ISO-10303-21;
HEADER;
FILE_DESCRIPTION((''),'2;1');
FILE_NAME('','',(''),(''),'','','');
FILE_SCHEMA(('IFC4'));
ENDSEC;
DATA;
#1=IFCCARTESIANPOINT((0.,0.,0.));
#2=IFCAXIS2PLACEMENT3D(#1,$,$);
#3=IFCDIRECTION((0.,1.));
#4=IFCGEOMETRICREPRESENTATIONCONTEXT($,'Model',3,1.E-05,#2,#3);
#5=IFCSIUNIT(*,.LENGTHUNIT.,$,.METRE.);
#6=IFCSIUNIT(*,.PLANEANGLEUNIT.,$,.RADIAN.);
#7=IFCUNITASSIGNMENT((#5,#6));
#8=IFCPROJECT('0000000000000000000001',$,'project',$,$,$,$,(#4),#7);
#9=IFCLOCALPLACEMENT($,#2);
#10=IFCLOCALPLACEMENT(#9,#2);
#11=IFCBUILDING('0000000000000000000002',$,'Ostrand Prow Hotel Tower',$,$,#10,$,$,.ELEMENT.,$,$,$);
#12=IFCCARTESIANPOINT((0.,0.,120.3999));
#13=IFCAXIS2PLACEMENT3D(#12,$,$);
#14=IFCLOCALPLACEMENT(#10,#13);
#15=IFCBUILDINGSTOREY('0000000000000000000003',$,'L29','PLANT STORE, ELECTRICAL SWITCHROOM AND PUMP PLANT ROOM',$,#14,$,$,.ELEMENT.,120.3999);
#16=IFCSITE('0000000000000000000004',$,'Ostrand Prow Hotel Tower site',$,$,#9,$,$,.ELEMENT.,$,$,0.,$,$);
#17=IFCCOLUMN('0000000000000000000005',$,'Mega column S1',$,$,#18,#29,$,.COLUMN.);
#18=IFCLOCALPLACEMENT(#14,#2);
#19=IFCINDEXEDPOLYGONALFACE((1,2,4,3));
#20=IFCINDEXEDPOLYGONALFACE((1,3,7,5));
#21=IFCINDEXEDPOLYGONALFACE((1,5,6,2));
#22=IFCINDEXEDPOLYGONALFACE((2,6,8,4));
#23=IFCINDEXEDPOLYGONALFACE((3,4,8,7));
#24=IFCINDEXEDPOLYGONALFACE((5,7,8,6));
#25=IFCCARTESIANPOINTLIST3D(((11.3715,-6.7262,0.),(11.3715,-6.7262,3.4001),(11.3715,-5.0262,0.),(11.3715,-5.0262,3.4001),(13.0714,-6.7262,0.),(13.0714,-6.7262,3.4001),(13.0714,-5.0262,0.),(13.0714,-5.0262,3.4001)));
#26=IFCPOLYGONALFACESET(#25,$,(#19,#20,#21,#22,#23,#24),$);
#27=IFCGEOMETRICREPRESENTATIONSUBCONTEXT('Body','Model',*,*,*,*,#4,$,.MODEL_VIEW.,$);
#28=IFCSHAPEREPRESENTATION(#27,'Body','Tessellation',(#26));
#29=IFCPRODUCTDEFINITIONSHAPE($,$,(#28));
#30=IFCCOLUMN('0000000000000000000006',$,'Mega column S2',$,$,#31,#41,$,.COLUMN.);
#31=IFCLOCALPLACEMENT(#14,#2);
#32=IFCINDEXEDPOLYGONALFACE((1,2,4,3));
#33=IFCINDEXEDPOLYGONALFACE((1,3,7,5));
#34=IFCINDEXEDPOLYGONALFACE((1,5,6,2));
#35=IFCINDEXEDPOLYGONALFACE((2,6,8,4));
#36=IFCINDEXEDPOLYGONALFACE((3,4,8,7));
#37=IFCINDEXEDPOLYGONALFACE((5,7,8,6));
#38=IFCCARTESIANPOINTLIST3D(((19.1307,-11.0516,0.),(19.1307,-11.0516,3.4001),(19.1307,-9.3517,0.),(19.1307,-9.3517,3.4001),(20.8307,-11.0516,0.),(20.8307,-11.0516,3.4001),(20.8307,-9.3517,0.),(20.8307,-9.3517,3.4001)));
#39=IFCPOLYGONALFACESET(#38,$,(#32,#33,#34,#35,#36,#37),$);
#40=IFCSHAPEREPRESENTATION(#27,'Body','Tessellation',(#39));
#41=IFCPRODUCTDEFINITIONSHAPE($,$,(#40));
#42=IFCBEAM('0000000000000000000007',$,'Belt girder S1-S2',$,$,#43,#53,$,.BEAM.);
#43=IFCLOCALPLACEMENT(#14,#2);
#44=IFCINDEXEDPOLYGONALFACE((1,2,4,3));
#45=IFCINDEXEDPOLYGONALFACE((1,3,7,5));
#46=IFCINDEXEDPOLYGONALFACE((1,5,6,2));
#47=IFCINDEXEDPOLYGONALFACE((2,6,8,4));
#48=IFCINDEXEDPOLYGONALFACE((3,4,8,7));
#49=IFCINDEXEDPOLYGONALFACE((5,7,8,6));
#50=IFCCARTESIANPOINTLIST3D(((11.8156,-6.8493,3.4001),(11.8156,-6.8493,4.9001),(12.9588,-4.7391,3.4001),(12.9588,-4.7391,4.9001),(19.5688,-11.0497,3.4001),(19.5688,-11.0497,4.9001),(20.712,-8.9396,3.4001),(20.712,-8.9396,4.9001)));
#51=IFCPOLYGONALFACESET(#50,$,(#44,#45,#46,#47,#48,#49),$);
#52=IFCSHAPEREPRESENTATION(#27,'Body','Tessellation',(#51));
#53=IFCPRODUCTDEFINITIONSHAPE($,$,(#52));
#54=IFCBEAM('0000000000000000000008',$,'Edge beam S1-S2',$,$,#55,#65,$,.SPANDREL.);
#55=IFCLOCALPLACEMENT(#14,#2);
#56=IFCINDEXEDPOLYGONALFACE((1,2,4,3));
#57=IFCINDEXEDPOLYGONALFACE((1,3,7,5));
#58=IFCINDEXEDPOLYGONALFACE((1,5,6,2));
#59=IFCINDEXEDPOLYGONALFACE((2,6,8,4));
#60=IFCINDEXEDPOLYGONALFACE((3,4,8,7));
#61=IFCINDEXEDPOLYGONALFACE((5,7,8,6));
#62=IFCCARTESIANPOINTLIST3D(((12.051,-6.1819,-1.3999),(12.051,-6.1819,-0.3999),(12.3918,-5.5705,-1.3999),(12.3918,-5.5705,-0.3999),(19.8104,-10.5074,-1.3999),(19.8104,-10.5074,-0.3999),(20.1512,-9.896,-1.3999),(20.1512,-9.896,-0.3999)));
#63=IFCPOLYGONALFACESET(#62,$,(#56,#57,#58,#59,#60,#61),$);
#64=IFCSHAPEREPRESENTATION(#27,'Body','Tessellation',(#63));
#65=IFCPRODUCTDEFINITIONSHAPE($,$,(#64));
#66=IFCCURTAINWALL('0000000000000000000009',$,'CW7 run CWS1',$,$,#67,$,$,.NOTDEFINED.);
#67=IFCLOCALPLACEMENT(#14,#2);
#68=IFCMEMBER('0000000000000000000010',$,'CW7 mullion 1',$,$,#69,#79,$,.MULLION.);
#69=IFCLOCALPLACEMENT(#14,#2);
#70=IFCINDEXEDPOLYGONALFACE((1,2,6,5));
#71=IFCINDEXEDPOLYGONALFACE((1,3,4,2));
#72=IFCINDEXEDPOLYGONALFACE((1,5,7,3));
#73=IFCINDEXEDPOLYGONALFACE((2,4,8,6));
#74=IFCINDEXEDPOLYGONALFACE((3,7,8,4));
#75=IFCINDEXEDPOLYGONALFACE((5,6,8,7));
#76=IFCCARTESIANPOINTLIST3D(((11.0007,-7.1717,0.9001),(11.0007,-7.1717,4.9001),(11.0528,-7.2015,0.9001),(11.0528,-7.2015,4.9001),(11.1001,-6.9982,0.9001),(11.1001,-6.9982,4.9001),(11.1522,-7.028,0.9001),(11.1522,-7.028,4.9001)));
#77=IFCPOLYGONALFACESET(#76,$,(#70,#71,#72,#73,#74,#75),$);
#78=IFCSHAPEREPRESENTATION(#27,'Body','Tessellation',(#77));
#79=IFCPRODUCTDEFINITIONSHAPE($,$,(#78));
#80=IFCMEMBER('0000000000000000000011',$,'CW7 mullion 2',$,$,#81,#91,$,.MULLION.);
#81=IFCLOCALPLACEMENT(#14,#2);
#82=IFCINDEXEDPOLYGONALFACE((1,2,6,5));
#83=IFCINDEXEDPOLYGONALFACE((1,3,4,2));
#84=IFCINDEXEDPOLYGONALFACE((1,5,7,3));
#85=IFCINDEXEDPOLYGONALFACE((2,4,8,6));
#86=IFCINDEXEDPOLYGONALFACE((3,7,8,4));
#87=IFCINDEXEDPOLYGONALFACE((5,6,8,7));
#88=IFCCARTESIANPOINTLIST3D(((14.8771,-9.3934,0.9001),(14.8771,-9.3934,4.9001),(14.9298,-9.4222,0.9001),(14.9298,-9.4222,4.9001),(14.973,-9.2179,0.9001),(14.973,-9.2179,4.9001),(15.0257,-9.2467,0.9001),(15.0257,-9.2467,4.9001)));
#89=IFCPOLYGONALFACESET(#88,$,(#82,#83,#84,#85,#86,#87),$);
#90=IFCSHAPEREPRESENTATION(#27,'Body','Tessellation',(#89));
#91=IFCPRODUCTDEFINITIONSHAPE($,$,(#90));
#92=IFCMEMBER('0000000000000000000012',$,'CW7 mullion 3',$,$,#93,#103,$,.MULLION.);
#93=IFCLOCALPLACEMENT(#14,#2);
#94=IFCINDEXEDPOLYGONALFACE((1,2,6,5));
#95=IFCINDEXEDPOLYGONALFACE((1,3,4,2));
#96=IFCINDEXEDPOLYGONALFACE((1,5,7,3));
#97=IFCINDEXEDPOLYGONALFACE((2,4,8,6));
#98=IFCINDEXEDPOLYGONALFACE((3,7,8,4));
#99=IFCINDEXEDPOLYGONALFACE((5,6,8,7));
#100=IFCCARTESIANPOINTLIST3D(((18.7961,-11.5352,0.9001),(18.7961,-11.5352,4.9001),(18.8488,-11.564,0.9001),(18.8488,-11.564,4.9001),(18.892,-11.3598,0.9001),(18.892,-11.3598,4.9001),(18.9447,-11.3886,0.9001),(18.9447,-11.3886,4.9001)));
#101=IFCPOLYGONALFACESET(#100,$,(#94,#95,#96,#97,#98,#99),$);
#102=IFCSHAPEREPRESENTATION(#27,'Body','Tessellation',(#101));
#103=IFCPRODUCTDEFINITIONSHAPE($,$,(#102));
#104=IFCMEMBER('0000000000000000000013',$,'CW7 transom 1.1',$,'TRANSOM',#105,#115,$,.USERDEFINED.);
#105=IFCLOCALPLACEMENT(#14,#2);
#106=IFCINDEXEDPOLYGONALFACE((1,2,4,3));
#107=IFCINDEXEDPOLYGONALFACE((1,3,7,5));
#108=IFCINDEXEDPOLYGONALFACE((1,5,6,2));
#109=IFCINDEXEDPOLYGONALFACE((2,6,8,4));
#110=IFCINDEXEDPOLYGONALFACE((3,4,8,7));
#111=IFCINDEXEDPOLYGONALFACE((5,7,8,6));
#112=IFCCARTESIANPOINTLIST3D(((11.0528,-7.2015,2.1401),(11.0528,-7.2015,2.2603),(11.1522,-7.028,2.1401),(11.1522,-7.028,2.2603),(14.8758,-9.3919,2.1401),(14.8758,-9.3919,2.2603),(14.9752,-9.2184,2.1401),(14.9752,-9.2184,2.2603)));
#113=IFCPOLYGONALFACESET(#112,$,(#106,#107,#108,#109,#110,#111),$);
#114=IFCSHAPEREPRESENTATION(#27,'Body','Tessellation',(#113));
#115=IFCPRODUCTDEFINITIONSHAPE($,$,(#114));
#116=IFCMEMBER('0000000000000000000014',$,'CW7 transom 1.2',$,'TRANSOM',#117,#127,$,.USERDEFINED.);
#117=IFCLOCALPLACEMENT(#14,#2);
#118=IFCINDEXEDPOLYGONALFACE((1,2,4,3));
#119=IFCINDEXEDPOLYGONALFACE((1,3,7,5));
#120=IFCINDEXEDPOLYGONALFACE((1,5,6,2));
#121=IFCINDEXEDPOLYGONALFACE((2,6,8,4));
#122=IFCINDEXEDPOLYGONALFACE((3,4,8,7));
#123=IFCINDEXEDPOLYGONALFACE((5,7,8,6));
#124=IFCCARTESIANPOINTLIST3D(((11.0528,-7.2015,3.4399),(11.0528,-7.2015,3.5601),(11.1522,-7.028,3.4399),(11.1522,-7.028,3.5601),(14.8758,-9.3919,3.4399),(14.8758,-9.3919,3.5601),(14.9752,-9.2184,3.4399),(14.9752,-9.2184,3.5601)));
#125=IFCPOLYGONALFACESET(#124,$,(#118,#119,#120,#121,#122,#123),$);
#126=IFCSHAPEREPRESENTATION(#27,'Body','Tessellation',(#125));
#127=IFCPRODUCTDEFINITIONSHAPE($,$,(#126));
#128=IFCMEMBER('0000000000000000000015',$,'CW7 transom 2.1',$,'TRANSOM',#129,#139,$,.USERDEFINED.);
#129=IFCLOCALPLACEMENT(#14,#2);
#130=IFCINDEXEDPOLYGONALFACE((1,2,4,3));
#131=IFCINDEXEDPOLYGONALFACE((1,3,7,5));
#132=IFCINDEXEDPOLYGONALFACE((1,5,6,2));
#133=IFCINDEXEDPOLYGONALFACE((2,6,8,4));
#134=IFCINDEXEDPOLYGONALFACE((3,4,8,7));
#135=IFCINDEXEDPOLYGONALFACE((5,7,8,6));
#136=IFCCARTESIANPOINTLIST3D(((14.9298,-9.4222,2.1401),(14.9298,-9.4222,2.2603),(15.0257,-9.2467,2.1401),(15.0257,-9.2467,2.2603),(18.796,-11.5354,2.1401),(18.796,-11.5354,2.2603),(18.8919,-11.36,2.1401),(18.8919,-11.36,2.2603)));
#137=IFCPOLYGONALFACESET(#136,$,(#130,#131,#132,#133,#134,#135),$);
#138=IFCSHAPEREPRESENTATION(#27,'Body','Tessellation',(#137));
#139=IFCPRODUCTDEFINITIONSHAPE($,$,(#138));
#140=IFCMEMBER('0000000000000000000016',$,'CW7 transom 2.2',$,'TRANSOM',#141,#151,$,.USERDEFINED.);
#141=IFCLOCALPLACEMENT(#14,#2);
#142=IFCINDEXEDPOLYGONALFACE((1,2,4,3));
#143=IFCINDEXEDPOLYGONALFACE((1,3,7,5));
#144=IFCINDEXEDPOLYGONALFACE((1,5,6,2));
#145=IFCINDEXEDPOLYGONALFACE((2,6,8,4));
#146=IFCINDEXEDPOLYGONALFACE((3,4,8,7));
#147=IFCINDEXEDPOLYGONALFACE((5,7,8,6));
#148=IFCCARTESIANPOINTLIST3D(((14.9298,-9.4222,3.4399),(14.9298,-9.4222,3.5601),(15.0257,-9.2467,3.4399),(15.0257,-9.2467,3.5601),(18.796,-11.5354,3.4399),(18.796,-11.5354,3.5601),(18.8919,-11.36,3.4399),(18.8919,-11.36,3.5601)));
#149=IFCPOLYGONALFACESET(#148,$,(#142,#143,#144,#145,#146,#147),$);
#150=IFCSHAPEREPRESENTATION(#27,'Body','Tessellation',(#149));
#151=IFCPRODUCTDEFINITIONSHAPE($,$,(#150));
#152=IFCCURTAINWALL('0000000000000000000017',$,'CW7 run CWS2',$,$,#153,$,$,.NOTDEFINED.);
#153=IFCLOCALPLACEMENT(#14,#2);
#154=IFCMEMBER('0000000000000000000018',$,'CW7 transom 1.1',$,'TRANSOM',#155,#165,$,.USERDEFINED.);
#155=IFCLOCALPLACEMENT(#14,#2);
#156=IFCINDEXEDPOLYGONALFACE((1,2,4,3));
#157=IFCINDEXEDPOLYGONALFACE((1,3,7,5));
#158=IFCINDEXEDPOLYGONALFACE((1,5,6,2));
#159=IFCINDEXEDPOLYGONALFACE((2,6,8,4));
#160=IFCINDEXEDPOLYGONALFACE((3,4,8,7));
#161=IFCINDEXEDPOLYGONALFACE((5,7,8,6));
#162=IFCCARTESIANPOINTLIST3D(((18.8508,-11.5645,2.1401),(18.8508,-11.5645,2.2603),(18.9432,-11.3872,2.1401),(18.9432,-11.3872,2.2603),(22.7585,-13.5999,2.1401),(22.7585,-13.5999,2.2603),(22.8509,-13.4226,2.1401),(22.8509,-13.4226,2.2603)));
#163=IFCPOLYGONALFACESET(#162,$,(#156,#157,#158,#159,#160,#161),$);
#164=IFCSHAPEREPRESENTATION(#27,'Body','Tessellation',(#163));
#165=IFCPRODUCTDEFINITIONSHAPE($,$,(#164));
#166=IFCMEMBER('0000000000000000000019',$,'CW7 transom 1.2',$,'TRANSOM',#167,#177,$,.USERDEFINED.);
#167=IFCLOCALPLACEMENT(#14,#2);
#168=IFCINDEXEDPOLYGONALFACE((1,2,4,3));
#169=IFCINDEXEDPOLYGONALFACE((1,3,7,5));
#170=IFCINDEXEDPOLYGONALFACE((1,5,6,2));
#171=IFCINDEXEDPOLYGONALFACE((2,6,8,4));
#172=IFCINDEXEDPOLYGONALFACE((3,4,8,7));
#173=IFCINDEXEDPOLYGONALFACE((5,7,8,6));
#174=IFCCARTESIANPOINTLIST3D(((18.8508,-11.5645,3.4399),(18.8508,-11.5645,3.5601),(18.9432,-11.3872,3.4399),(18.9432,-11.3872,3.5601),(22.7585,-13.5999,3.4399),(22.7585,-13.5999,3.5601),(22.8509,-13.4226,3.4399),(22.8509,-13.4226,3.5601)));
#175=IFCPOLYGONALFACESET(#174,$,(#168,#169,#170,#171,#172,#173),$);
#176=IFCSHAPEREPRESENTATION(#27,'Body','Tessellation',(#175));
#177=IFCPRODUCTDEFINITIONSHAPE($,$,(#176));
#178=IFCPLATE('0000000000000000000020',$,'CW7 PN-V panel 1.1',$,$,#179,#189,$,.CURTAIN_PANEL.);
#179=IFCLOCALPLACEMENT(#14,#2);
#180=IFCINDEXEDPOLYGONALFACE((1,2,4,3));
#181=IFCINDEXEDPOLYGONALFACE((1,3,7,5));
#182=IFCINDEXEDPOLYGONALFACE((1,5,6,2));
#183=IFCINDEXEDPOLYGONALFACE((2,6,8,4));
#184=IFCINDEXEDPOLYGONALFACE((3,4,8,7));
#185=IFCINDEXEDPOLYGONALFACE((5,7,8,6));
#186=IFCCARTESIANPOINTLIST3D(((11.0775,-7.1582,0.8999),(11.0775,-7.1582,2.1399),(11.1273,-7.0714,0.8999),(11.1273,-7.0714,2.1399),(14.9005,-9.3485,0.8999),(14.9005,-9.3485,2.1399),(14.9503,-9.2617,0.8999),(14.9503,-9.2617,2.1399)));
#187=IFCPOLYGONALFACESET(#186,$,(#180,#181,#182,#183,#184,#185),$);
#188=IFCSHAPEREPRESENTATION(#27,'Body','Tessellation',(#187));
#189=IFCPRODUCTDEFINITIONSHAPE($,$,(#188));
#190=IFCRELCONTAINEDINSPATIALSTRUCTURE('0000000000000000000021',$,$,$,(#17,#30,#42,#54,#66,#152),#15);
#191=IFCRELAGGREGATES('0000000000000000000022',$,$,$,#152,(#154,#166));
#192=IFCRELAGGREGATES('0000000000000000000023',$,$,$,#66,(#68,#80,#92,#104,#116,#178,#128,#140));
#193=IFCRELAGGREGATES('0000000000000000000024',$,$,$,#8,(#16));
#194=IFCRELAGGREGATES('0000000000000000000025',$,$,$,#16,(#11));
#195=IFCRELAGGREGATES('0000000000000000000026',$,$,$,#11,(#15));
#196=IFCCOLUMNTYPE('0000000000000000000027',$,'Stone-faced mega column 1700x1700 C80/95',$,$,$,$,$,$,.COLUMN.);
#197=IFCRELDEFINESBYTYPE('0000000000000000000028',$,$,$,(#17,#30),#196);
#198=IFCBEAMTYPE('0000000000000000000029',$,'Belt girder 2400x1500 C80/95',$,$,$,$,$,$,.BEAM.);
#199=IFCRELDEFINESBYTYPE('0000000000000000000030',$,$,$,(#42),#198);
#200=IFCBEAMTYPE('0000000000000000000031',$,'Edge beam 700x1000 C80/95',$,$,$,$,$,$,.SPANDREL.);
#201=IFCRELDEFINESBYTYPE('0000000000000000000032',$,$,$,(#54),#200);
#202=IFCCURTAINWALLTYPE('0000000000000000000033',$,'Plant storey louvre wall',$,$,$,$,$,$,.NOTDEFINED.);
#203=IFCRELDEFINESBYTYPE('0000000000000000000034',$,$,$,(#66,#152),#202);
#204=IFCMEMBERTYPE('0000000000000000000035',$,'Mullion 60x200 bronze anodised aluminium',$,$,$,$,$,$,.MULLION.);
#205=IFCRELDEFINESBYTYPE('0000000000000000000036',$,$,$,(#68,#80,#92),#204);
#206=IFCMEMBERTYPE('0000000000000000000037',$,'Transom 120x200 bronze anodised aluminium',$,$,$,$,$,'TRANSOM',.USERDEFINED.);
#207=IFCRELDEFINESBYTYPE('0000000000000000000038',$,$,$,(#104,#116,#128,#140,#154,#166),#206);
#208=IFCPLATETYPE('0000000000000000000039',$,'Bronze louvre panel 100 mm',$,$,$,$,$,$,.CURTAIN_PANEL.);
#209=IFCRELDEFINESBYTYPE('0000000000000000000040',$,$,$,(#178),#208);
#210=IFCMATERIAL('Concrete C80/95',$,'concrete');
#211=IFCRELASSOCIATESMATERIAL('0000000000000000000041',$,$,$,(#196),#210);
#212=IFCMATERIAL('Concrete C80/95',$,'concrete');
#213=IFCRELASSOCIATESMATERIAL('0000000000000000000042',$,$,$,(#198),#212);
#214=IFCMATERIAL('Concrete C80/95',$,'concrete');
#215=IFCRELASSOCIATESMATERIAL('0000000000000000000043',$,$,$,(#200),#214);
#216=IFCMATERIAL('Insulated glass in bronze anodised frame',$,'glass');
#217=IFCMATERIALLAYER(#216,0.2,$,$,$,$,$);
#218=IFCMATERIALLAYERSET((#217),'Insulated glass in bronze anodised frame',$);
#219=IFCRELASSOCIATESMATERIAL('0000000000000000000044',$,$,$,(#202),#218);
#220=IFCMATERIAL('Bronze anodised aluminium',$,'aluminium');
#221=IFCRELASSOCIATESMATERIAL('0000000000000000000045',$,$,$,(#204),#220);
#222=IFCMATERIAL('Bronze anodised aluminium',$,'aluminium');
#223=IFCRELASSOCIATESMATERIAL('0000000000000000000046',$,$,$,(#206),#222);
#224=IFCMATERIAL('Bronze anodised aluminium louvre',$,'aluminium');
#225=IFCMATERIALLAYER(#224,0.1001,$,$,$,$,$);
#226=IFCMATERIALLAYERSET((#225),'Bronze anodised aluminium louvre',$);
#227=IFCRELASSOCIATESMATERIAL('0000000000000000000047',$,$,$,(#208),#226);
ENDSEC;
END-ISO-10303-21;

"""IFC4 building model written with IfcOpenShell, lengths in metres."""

from ifc_helpers import new_model, si_unit, direction, frame, origin, origin_2d, place, context, subcontext, project, spatial, rectangle, extrude, material, layer, layer_set, material_profile, profile_set, type_object, element, aggregate, save


model = new_model("IFC4")

# Units and contexts
model_context = context("Model", 3, precision=1e-05, world=origin(), true_north=direction((0.0, 1.0)))
body_context = subcontext(model_context, "Body", "Model", "MODEL_VIEW")
ifc_project = project(units=[si_unit("LENGTHUNIT", "METRE"), si_unit("PLANEANGLEUNIT", "RADIAN")], contexts=[model_context])

# Site, building, storey
site_placement = place(None, origin())
site = spatial("IfcSite", under=ifc_project, at=site_placement, Name="Ostrand Prow Hotel Tower site", CompositionType="ELEMENT", RefElevation=0.0)
building_placement = place(site_placement, origin())
building = spatial("IfcBuilding", under=site, at=building_placement, Name="Ostrand Prow Hotel Tower", CompositionType="ELEMENT")
storey_placement = place(building_placement, frame((0.0, 0.0, 120.3999)))
storey = spatial("IfcBuildingStorey", under=building, at=storey_placement, Name="L29", Description="PLANT STORE, ELECTRICAL SWITCHROOM AND PUMP PLANT ROOM", CompositionType="ELEMENT", Elevation=120.3999)

# Columns
ifc_material_1 = material(Name="Concrete C80/95", Category="concrete")
ifc_material_profile_1 = material_profile(ifc_material_1, rectangle(XDim=1.7, YDim=1.7, at=origin_2d()), Name="RC 1700x1700")
ifc_profile_set_1 = profile_set([ifc_material_profile_1], Name="Concrete C80/95")
column_type = type_object("IfcColumnType", Name="Stone-faced mega column 1700x1700 C80/95", PredefinedType="COLUMN", material=ifc_profile_set_1)
for number, where, z_axis, x_axis, name in (
    (1, (12.2214, -5.8762, 0.0), (0.0, 0.0, 1.0), (1.0, 0.0, 0.0), "Mega column S1"),
    (2, (19.9807, -10.2017, 0.0), (0.0, 0.0, 1.0), (1.0, 0.0, 0.0), "Mega column S2"),
):
    element("IfcColumn", number, at=place(storey_placement, frame(where, z_axis=z_axis, x_axis=x_axis)), inside=storey, type_object=column_type, Name=name, PredefinedType="COLUMN", context=body_context, shape_type="SweptSolid", body=[
        extrude(rectangle(XDim=1.7, YDim=1.7, at=origin_2d()), origin(), (0.0, 0.0, 1.0), 3.4001),
    ])

# Beams
ifc_material_2 = material(Name="Concrete C80/95", Category="concrete")
ifc_material_profile_2 = material_profile(ifc_material_2, rectangle(XDim=2.3999, YDim=1.5, at=origin_2d()), Name="RC 2400x1500")
ifc_profile_set_2 = profile_set([ifc_material_profile_2], Name="Concrete C80/95")
beam_type_1 = type_object("IfcBeamType", Name="Belt girder 2400x1500 C80/95", PredefinedType="BEAM", material=ifc_profile_set_2)
beam_1_placement = place(storey_placement, frame((12.3872, -5.7942, 4.1501), z_axis=(0.879254, -0.476354, 0.0), x_axis=(0.476354, 0.879254, 0.0)))
element("IfcBeam", 3, at=beam_1_placement, inside=storey, type_object=beam_type_1, Name="Belt girder S1-S2", PredefinedType="BEAM", context=body_context, shape_type="SweptSolid", body=[
    extrude(rectangle(XDim=2.3999, YDim=1.5, at=origin_2d()), origin(), (0.0, 0.0, 1.0), 8.8179),
])
ifc_material_3 = material(Name="Concrete C80/95", Category="concrete")
ifc_material_profile_3 = material_profile(ifc_material_3, rectangle(XDim=0.7, YDim=1.0, at=origin_2d()), Name="RC 700x1000")
ifc_profile_set_3 = profile_set([ifc_material_profile_3], Name="Concrete C80/95")
beam_type_2 = type_object("IfcBeamType", Name="Edge beam 700x1000 C80/95", PredefinedType="SPANDREL", material=ifc_profile_set_3)
beam_2_placement = place(storey_placement, frame((12.2214, -5.8762, -0.8999), z_axis=(0.873452, -0.486909, 0.0), x_axis=(0.486909, 0.873452, 0.0)))
element("IfcBeam", 4, at=beam_2_placement, inside=storey, type_object=beam_type_2, Name="Edge beam S1-S2", PredefinedType="SPANDREL", context=body_context, shape_type="SweptSolid", body=[
    extrude(rectangle(XDim=0.7, YDim=1.0, at=origin_2d()), origin(), (0.0, 0.0, 1.0), 8.8835),
])

# Curtain walls, members
ifc_material_4 = material(Name="Insulated glass in bronze anodised frame", Category="glass")
ifc_layer_1 = layer(ifc_material_4, 0.2)
ifc_layer_set_1 = layer_set([ifc_layer_1], Name="Insulated glass in bronze anodised frame")
curtain_wall_type = type_object("IfcCurtainWallType", Name="Plant storey louvre wall", PredefinedType="NOTDEFINED", material=ifc_layer_set_1)
curtain_wall_1_placement = place(storey_placement, origin())
curtain_wall_1 = element("IfcCurtainWall", 5, at=curtain_wall_1_placement, inside=storey, type_object=curtain_wall_type, Name="CW7 run CWS1", PredefinedType="NOTDEFINED")
ifc_material_5 = material(Name="Bronze anodised aluminium", Category="aluminium")
ifc_material_profile_4 = material_profile(ifc_material_5, rectangle(XDim=0.2, YDim=0.0601, at=origin_2d()), Name="Mullion 60x200 bronze anodised aluminium")
ifc_profile_set_4 = profile_set([ifc_material_profile_4], Name="Bronze anodised aluminium")
member_type_1 = type_object("IfcMemberType", Name="Mullion 60x200 bronze anodised aluminium", PredefinedType="MULLION", material=ifc_profile_set_4)
member_1_placement = place(storey_placement, frame((11.0764, -7.0999, 0.9001), z_axis=(0.0, 0.0, 1.0), x_axis=(0.497115, 0.867685, 0.0)))
member_1 = element("IfcMember", 6, at=member_1_placement, type_object=member_type_1, Name="CW7 mullion 1", PredefinedType="MULLION", context=body_context, shape_type="SweptSolid", body=[
    extrude(rectangle(XDim=0.2, YDim=0.0601, at=origin_2d()), origin(), (0.0, 0.0, 1.0), 4.0),
])
member_2_placement = place(storey_placement, frame((14.9514, -9.3201, 0.9001), z_axis=(0.0, 0.0, 1.0), x_axis=(0.479637, 0.877467, 0.0)))
member_2 = element("IfcMember", 7, at=member_2_placement, type_object=member_type_1, Name="CW7 mullion 2", PredefinedType="MULLION", context=body_context, shape_type="SweptSolid", body=[
    extrude(rectangle(XDim=0.2, YDim=0.0601, at=origin_2d()), origin(), (0.0, 0.0, 1.0), 4.0),
])
member_3_placement = place(storey_placement, frame((18.8704, -11.4619, 0.9001), z_axis=(0.0, 0.0, 1.0), x_axis=(0.479637, 0.877467, 0.0)))
member_3 = element("IfcMember", 8, at=member_3_placement, type_object=member_type_1, Name="CW7 mullion 3", PredefinedType="MULLION", context=body_context, shape_type="SweptSolid", body=[
    extrude(rectangle(XDim=0.2, YDim=0.0601, at=origin_2d()), origin(), (0.0, 0.0, 1.0), 4.0),
])
ifc_material_6 = material(Name="Bronze anodised aluminium", Category="aluminium")
ifc_material_profile_5 = material_profile(ifc_material_6, rectangle(XDim=0.2, YDim=0.1201, at=origin_2d()), Name="Transom 120x200 bronze anodised aluminium")
ifc_profile_set_5 = profile_set([ifc_material_profile_5], Name="Bronze anodised aluminium")
member_type_2 = type_object("IfcMemberType", Name="Transom 120x200 bronze anodised aluminium", ElementType="TRANSOM", PredefinedType="USERDEFINED", material=ifc_profile_set_5)
member_4_placement = place(storey_placement, frame((11.1025, -7.1147, 2.2002), z_axis=(0.86767, -0.497141, 0.0), x_axis=(0.497141, 0.86767, 0.0)))
member_4 = element("IfcMember", 9, at=member_4_placement, type_object=member_type_2, Name="CW7 transom 1.1", ObjectType="TRANSOM", PredefinedType="USERDEFINED", context=body_context, shape_type="SweptSolid", body=[
    extrude(rectangle(XDim=0.2, YDim=0.1201, at=origin_2d()), origin(), (0.0, 0.0, 1.0), 4.406),
])
member_5_placement = place(storey_placement, frame((11.1025, -7.1147, 3.5), z_axis=(0.86767, -0.497141, 0.0), x_axis=(0.497141, 0.86767, 0.0)))
member_5 = element("IfcMember", 10, at=member_5_placement, type_object=member_type_2, Name="CW7 transom 1.2", ObjectType="TRANSOM", PredefinedType="USERDEFINED", context=body_context, shape_type="SweptSolid", body=[
    extrude(rectangle(XDim=0.2, YDim=0.1201, at=origin_2d()), origin(), (0.0, 0.0, 1.0), 4.406),
])
member_6_placement = place(storey_placement, frame((14.9778, -9.3345, 2.2002), z_axis=(0.877472, -0.479628, 0.0), x_axis=(0.479628, 0.877472, 0.0)))
member_6 = element("IfcMember", 11, at=member_6_placement, type_object=member_type_2, Name="CW7 transom 2.1", ObjectType="TRANSOM", PredefinedType="USERDEFINED", context=body_context, shape_type="SweptSolid", body=[
    extrude(rectangle(XDim=0.2, YDim=0.1201, at=origin_2d()), origin(), (0.0, 0.0, 1.0), 4.406),
])
member_7_placement = place(storey_placement, frame((14.9778, -9.3345, 3.5), z_axis=(0.877472, -0.479628, 0.0), x_axis=(0.479628, 0.877472, 0.0)))
member_7 = element("IfcMember", 12, at=member_7_placement, type_object=member_type_2, Name="CW7 transom 2.2", ObjectType="TRANSOM", PredefinedType="USERDEFINED", context=body_context, shape_type="SweptSolid", body=[
    extrude(rectangle(XDim=0.2, YDim=0.1201, at=origin_2d()), origin(), (0.0, 0.0, 1.0), 4.406),
])
curtain_wall_2_placement = place(storey_placement, origin())
curtain_wall_2 = element("IfcCurtainWall", 13, at=curtain_wall_2_placement, inside=storey, type_object=curtain_wall_type, Name="CW7 run CWS2", PredefinedType="NOTDEFINED")
member_8_placement = place(storey_placement, frame((18.897, -11.4758, 2.2002), z_axis=(0.886902, -0.461958, 0.0), x_axis=(0.461958, 0.886902, 0.0)))
member_8 = element("IfcMember", 14, at=member_8_placement, type_object=member_type_2, Name="CW7 transom 1.1", ObjectType="TRANSOM", PredefinedType="USERDEFINED", context=body_context, shape_type="SweptSolid", body=[
    extrude(rectangle(XDim=0.2, YDim=0.1201, at=origin_2d()), origin(), (0.0, 0.0, 1.0), 4.406),
])
member_9_placement = place(storey_placement, frame((18.897, -11.4758, 3.5), z_axis=(0.886902, -0.461958, 0.0), x_axis=(0.461958, 0.886902, 0.0)))
member_9 = element("IfcMember", 15, at=member_9_placement, type_object=member_type_2, Name="CW7 transom 1.2", ObjectType="TRANSOM", PredefinedType="USERDEFINED", context=body_context, shape_type="SweptSolid", body=[
    extrude(rectangle(XDim=0.2, YDim=0.1201, at=origin_2d()), origin(), (0.0, 0.0, 1.0), 4.406),
])
aggregate(curtain_wall_2, [member_8, member_9])

# Plate
ifc_material_7 = material(Name="Bronze anodised aluminium louvre", Category="aluminium")
ifc_layer_2 = layer(ifc_material_7, 0.1001)
ifc_layer_set_2 = layer_set([ifc_layer_2], Name="Bronze anodised aluminium louvre")
plate_type = type_object("IfcPlateType", Name="Bronze louvre panel 100 mm", PredefinedType="CURTAIN_PANEL", material=ifc_layer_set_2)
plate_1_placement = place(storey_placement, frame((13.0139, -8.21, 0.8999), z_axis=(0.0, 0.0, 1.0), x_axis=(0.867685, -0.497115, 0.0)))
plate_1 = element("IfcPlate", 16, at=plate_1_placement, type_object=plate_type, Name="CW7 PN-V panel 1.1", PredefinedType="CURTAIN_PANEL", context=body_context, shape_type="SweptSolid", body=[
    extrude(rectangle(XDim=4.406, YDim=0.1001, at=origin_2d()), origin(), (0.0, 0.0, 1.0), 1.24),
])
aggregate(curtain_wall_1, [member_1, member_2, member_3, member_4, member_5, plate_1, member_6, member_7])

save(model, "model.ifc")
